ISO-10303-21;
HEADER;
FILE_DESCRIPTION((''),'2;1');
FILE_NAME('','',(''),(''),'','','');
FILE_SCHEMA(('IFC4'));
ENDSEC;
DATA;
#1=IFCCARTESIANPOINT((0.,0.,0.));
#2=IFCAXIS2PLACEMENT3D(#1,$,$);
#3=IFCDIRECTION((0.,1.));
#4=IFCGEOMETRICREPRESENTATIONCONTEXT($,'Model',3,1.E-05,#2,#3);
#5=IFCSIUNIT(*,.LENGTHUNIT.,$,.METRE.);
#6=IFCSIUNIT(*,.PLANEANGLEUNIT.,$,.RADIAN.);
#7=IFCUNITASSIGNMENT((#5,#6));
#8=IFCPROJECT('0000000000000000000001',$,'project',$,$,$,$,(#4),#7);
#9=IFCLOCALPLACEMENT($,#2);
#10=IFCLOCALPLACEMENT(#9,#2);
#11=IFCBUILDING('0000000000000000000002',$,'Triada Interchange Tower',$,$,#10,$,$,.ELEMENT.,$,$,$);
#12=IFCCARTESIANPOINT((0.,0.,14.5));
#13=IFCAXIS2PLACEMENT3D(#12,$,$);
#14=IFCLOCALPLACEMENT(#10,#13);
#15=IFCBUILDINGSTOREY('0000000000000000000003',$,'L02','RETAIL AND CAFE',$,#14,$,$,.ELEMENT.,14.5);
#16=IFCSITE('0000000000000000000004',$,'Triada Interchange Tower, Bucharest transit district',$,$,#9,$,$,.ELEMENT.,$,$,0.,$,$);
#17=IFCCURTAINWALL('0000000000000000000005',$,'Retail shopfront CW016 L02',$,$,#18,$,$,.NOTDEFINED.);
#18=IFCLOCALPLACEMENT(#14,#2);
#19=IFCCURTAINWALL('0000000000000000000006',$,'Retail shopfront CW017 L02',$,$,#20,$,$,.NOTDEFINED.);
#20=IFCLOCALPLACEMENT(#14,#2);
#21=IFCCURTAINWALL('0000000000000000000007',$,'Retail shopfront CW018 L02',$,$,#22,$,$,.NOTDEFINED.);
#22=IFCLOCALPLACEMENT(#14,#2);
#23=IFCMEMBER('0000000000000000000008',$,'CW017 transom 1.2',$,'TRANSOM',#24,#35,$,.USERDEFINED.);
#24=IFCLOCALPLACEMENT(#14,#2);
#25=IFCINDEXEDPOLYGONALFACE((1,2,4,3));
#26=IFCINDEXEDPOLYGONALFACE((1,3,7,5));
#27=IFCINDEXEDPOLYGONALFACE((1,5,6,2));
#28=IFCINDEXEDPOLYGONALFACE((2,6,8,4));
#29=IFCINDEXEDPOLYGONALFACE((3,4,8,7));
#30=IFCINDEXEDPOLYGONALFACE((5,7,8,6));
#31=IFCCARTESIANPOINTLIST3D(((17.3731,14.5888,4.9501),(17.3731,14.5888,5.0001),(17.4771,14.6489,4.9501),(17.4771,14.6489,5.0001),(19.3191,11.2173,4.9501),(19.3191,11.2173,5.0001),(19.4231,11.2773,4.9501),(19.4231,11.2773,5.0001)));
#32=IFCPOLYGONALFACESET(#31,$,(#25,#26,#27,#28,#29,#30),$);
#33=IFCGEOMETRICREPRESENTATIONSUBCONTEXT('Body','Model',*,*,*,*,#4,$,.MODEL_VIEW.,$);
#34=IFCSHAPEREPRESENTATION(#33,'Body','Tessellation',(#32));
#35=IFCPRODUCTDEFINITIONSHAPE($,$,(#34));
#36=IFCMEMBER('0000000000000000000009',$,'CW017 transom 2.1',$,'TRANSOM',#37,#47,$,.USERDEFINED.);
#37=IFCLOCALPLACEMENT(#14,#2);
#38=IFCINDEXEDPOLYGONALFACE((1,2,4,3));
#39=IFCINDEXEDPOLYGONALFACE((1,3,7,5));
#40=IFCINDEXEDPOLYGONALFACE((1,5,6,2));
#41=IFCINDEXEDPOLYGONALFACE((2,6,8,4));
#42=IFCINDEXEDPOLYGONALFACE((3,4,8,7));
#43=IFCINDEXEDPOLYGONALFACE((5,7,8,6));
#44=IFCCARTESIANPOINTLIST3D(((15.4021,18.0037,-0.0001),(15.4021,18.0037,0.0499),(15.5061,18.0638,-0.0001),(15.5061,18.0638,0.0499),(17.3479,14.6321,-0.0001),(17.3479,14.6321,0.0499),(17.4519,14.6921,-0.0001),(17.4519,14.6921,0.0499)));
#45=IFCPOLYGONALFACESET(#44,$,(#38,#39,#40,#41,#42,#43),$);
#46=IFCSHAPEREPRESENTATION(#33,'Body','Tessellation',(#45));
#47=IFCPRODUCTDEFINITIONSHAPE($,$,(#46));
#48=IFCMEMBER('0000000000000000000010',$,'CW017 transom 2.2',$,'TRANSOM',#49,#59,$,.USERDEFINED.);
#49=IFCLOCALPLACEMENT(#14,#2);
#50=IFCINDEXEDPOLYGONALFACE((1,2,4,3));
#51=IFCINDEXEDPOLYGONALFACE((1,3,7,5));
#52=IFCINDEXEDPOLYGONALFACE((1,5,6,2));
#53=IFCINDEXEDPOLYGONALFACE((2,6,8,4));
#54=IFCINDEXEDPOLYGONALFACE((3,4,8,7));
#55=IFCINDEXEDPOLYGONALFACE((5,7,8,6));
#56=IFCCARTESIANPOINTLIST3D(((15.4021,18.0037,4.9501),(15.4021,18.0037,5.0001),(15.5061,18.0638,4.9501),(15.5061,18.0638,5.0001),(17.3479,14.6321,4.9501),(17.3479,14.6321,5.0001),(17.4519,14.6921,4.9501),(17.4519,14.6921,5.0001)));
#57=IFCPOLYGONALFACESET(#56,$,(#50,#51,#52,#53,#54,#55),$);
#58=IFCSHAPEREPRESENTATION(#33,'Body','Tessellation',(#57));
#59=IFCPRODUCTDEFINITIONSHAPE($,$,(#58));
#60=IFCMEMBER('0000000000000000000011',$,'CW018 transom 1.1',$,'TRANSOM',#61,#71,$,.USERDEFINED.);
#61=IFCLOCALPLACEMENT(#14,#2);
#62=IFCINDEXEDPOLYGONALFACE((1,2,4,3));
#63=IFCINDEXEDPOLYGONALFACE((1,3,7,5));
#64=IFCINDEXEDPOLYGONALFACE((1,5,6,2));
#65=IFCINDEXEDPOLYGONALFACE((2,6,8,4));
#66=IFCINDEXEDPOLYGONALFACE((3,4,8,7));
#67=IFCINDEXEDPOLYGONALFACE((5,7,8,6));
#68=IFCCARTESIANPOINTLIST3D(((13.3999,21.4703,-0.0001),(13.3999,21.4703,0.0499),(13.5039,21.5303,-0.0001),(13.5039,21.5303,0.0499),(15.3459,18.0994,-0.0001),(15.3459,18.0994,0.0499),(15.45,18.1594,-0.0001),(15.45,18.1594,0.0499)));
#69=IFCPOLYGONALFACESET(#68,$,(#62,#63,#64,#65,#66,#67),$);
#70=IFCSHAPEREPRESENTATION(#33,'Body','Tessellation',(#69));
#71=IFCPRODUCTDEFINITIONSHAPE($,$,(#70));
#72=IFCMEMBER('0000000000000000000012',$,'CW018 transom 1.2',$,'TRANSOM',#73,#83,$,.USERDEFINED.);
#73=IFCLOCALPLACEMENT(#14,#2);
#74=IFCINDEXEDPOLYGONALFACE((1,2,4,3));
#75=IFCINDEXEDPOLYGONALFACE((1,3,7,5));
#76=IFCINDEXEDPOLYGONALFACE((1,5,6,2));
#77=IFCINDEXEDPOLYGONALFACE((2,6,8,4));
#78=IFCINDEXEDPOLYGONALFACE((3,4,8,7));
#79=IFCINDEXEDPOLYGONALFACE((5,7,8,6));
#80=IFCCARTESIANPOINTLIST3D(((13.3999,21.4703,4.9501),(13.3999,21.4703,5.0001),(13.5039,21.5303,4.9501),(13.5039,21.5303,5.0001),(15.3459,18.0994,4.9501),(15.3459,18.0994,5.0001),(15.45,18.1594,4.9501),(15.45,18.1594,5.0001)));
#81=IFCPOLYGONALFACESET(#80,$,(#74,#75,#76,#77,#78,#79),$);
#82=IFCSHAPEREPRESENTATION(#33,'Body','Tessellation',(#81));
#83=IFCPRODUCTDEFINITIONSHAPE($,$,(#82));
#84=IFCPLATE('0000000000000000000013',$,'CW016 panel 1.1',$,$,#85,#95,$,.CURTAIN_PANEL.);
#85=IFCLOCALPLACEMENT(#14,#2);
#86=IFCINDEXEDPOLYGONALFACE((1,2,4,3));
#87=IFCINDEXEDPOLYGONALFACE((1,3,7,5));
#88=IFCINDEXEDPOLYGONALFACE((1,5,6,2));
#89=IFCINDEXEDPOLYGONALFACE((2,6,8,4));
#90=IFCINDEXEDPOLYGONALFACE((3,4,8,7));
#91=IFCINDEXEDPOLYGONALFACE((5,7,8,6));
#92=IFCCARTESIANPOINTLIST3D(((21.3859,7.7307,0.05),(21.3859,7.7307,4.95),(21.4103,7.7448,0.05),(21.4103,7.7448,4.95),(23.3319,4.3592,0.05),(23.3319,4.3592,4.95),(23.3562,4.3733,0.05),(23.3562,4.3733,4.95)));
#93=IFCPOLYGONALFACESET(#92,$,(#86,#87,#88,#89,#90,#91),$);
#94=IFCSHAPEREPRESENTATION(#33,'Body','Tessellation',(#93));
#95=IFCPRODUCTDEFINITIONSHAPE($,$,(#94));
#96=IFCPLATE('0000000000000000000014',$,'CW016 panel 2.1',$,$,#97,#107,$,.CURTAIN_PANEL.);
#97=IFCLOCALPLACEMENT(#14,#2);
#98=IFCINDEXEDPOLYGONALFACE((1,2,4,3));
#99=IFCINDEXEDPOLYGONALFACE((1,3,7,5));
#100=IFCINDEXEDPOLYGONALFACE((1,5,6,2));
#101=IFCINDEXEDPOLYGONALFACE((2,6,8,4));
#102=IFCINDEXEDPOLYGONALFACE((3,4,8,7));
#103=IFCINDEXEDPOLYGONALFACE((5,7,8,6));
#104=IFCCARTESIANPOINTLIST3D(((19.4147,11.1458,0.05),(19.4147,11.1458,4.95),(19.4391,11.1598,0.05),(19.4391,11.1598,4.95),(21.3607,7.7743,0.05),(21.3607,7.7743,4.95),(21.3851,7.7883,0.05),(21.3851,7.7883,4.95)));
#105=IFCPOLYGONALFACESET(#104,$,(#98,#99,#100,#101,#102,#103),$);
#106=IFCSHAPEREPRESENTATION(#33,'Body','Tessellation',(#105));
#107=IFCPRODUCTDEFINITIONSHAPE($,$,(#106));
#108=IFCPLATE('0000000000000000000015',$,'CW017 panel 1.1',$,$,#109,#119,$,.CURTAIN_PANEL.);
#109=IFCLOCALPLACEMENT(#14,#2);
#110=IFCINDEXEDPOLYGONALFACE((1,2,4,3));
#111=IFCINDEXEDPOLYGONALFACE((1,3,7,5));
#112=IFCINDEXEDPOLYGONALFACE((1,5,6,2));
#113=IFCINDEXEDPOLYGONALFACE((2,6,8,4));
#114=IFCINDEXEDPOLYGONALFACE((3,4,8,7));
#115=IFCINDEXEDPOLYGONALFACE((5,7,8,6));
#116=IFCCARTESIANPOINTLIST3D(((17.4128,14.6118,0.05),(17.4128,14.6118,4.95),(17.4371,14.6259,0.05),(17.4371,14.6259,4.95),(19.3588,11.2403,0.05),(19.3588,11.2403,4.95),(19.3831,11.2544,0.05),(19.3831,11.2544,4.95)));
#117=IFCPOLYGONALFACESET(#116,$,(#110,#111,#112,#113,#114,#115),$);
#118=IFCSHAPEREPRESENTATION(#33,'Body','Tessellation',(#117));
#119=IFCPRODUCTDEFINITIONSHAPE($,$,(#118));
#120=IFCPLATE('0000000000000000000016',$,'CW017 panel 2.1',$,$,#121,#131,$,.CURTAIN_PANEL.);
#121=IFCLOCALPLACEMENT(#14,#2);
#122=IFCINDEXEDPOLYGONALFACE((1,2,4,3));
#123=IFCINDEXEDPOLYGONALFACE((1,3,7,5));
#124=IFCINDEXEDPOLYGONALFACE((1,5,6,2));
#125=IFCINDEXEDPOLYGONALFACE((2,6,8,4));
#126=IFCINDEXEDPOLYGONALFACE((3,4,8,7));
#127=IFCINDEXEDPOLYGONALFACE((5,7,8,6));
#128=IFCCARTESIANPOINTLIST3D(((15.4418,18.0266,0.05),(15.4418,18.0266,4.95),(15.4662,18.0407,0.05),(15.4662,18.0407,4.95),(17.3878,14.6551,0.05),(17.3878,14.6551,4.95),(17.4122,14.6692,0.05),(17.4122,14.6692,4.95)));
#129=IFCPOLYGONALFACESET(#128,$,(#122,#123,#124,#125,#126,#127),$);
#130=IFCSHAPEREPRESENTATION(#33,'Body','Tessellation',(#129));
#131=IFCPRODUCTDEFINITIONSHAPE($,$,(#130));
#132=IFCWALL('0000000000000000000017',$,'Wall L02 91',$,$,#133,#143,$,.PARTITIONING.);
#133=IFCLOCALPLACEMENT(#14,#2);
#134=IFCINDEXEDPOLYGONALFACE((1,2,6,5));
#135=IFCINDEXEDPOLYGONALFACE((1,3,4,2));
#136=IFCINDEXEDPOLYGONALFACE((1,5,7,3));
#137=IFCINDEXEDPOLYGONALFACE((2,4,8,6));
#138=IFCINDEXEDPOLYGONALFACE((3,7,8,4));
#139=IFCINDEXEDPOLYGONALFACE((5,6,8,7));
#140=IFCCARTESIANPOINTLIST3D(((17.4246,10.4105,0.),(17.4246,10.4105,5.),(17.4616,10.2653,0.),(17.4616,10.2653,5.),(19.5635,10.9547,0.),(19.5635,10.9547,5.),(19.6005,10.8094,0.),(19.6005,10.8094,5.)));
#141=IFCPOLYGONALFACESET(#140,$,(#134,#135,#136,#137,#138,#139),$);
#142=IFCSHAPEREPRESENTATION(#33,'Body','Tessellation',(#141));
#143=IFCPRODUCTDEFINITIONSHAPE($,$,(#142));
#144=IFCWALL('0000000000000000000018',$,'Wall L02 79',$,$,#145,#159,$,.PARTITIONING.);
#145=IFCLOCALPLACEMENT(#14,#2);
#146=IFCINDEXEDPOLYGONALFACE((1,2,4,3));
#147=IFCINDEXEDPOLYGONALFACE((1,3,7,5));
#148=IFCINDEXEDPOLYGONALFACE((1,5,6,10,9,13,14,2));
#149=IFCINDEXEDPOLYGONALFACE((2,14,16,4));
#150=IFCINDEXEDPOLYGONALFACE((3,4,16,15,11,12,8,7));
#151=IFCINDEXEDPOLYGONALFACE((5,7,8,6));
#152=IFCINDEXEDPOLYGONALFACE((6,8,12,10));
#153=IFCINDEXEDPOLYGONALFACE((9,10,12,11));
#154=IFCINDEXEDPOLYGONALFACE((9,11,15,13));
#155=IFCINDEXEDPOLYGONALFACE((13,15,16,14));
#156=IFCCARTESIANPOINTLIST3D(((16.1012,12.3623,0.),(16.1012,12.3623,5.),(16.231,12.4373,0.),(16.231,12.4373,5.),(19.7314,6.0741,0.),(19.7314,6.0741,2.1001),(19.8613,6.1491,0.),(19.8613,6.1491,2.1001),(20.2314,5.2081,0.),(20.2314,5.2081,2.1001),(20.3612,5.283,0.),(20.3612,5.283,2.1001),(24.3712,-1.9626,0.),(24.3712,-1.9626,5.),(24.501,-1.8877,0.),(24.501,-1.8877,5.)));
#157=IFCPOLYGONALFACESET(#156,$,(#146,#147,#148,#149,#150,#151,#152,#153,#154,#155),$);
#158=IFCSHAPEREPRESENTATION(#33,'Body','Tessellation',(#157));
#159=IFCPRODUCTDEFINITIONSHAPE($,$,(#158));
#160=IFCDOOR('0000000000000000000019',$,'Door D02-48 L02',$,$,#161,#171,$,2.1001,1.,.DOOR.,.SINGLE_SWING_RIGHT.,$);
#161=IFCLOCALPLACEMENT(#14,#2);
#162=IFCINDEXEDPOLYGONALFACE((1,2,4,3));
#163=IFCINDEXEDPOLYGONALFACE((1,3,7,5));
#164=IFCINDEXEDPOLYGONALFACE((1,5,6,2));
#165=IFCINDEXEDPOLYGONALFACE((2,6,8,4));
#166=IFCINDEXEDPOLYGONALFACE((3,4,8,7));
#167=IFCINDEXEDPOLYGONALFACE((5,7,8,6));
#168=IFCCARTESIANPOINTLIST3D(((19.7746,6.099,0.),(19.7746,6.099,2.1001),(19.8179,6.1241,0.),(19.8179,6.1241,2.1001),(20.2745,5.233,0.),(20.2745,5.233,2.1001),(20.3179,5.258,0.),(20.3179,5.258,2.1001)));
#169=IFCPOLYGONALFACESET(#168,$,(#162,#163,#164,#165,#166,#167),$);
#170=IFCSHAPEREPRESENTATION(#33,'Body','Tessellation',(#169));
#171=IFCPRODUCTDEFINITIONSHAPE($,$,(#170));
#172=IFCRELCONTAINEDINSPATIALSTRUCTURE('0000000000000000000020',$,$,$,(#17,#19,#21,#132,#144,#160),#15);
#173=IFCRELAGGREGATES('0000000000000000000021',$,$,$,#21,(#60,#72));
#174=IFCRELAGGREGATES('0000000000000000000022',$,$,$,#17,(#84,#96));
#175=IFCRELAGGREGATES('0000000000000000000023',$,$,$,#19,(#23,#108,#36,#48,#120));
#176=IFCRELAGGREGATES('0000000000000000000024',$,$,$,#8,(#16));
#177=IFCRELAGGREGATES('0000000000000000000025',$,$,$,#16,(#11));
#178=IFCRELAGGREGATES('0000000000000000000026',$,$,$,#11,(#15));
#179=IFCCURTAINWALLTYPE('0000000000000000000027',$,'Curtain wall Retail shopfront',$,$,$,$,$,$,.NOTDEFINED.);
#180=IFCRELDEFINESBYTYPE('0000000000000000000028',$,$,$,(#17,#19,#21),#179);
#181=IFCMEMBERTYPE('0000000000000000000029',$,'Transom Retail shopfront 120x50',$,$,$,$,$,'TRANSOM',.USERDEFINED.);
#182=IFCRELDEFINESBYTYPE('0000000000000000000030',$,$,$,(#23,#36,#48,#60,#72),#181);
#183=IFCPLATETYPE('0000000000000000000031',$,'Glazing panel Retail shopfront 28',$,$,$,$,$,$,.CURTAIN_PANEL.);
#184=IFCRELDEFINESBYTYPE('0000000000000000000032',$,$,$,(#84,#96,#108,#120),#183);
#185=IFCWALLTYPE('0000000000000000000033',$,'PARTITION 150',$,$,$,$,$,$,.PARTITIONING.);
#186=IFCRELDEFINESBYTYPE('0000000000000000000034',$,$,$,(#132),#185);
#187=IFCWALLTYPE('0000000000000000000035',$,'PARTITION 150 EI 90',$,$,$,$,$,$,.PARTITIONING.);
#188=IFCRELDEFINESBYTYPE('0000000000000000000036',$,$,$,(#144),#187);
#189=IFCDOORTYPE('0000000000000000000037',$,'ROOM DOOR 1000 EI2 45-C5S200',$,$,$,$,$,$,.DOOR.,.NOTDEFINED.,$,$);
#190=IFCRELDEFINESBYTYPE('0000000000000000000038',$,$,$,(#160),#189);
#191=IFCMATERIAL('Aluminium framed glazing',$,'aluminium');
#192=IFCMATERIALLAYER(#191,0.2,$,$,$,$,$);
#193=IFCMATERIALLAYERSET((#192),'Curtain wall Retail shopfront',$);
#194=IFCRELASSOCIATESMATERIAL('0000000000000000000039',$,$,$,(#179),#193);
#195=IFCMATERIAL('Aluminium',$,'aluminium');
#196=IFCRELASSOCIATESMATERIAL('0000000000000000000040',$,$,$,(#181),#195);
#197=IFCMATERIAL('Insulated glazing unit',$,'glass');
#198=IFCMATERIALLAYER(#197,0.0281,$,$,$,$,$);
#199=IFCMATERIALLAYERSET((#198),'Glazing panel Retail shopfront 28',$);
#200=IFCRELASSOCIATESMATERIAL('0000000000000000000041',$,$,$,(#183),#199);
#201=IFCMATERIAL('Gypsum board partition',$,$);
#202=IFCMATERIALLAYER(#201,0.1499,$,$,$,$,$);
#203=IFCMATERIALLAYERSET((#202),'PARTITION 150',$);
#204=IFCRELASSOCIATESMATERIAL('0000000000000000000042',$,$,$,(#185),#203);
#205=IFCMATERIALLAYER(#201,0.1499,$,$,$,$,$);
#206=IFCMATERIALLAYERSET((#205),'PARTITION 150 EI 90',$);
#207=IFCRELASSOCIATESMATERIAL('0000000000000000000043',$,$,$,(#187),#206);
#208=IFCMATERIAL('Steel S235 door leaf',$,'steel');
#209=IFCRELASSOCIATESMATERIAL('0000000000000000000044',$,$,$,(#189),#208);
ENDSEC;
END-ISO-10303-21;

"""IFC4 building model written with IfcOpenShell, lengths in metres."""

from ifc_helpers import new_model, si_unit, direction, frame, frame_2d, origin, origin_2d, place, context, subcontext, project, spatial, rectangle, extrude, material, layer, layer_set, material_profile, profile_set, type_object, element, fill, aggregate, save


model = new_model("IFC4")

# Units and contexts
model_context = context("Model", 3, precision=1e-05, world=origin(), true_north=direction((0.0, 1.0)))
body_context = subcontext(model_context, "Body", "Model", "MODEL_VIEW")
ifc_project = project(units=[si_unit("LENGTHUNIT", "METRE"), si_unit("PLANEANGLEUNIT", "RADIAN")], contexts=[model_context])

# Site, building, storey
site_placement = place(None, origin())
site = spatial("IfcSite", under=ifc_project, at=site_placement, Name="Triada Interchange Tower, Bucharest transit district", CompositionType="ELEMENT", RefElevation=0.0)
building_placement = place(site_placement, origin())
building = spatial("IfcBuilding", under=site, at=building_placement, Name="Triada Interchange Tower", CompositionType="ELEMENT")
storey_placement = place(building_placement, frame((0.0, 0.0, 14.5)))
storey = spatial("IfcBuildingStorey", under=building, at=storey_placement, Name="L02", Description="RETAIL AND CAFE", CompositionType="ELEMENT", Elevation=14.5)

# Curtain walls
ifc_material_1 = material(Name="Aluminium framed glazing", Category="aluminium")
ifc_layer_1 = layer(ifc_material_1, 0.2)
ifc_layer_set_1 = layer_set([ifc_layer_1], Name="Curtain wall Retail shopfront")
curtain_wall_type = type_object("IfcCurtainWallType", Name="Curtain wall Retail shopfront", PredefinedType="NOTDEFINED", material=ifc_layer_set_1)
curtain_wall_1_placement = place(storey_placement, origin())
curtain_wall_1 = element("IfcCurtainWall", 1, at=curtain_wall_1_placement, inside=storey, type_object=curtain_wall_type, Name="Retail shopfront CW016 L02", PredefinedType="NOTDEFINED")
ifc_material_2 = material(Name="Aluminium", Category="aluminium")
curtain_wall_2_placement = place(storey_placement, origin())
curtain_wall_2 = element("IfcCurtainWall", 2, at=curtain_wall_2_placement, inside=storey, type_object=curtain_wall_type, Name="Retail shopfront CW017 L02", PredefinedType="NOTDEFINED")

# Curtain wall
curtain_wall_3_placement = place(storey_placement, origin())
curtain_wall_3 = element("IfcCurtainWall", 3, at=curtain_wall_3_placement, inside=storey, type_object=curtain_wall_type, Name="Retail shopfront CW018 L02", PredefinedType="NOTDEFINED")

# Members
ifc_material_profile_1 = material_profile(ifc_material_2, rectangle(XDim=0.1201, YDim=0.05, at=origin_2d()), Name="Aluminium transom")
ifc_profile_set_1 = profile_set([ifc_material_profile_1], Name="Aluminium")
member_type_1 = type_object("IfcMemberType", Name="Transom Retail shopfront 120x50", ElementType="TRANSOM", PredefinedType="USERDEFINED", material=ifc_profile_set_1)
member_1_placement = place(storey_placement, frame((19.3711, 11.2473, 4.9751), z_axis=(-0.499896, 0.866085, 0.0), x_axis=(-0.866085, -0.499896, 0.0)))
member_1 = element("IfcMember", 4, at=member_1_placement, type_object=member_type_1, Name="CW017 transom 1.2", ObjectType="TRANSOM", PredefinedType="USERDEFINED", context=body_context, shape_type="SweptSolid", body=[
    extrude(rectangle(XDim=0.1201, YDim=0.05, at=origin_2d()), origin(), (0.0, 0.0, 1.0), 3.8928),
])
member_2_placement = place(storey_placement, frame((17.3999, 14.6621, 0.0249), z_axis=(-0.499849, 0.866112, 0.0), x_axis=(-0.866112, -0.499849, 0.0)))
member_2 = element("IfcMember", 5, at=member_2_placement, type_object=member_type_1, Name="CW017 transom 2.1", ObjectType="TRANSOM", PredefinedType="USERDEFINED", context=body_context, shape_type="SweptSolid", body=[
    extrude(rectangle(XDim=0.1201, YDim=0.05, at=origin_2d()), origin(), (0.0, 0.0, 1.0), 3.8928),
])
member_3_placement = place(storey_placement, frame((17.3999, 14.6621, 4.9751), z_axis=(-0.499849, 0.866112, 0.0), x_axis=(-0.866112, -0.499849, 0.0)))
member_3 = element("IfcMember", 6, at=member_3_placement, type_object=member_type_1, Name="CW017 transom 2.2", ObjectType="TRANSOM", PredefinedType="USERDEFINED", context=body_context, shape_type="SweptSolid", body=[
    extrude(rectangle(XDim=0.1201, YDim=0.05, at=origin_2d()), origin(), (0.0, 0.0, 1.0), 3.8928),
])
member_4_placement = place(storey_placement, frame((15.3979, 18.1294, 0.0249), z_axis=(-0.499978, 0.866038, 0.0), x_axis=(-0.866038, -0.499978, 0.0)))
member_4 = element("IfcMember", 7, at=member_4_placement, type_object=member_type_1, Name="CW018 transom 1.1", ObjectType="TRANSOM", PredefinedType="USERDEFINED", context=body_context, shape_type="SweptSolid", body=[
    extrude(rectangle(XDim=0.1201, YDim=0.05, at=origin_2d()), origin(), (0.0, 0.0, 1.0), 3.8923),
])
member_5_placement = place(storey_placement, frame((15.3979, 18.1294, 4.9751), z_axis=(-0.499978, 0.866038, 0.0), x_axis=(-0.866038, -0.499978, 0.0)))
member_5 = element("IfcMember", 8, at=member_5_placement, type_object=member_type_1, Name="CW018 transom 1.2", ObjectType="TRANSOM", PredefinedType="USERDEFINED", context=body_context, shape_type="SweptSolid", body=[
    extrude(rectangle(XDim=0.1201, YDim=0.05, at=origin_2d()), origin(), (0.0, 0.0, 1.0), 3.8923),
])
aggregate(curtain_wall_3, [member_4, member_5])

# Plates
ifc_material_3 = material(Name="Insulated glazing unit", Category="glass")
ifc_layer_2 = layer(ifc_material_3, 0.0281)
ifc_layer_set_2 = layer_set([ifc_layer_2], Name="Glazing panel Retail shopfront 28")
plate_type = type_object("IfcPlateType", Name="Glazing panel Retail shopfront 28", PredefinedType="CURTAIN_PANEL", material=ifc_layer_set_2)
plate_1_placement = place(storey_placement, frame((22.3711, 6.052, 0.05), z_axis=(0.0, 0.0, 1.0), x_axis=(-0.499893, 0.866087, 0.0)))
plate_1 = element("IfcPlate", 9, at=plate_1_placement, type_object=plate_type, Name="CW016 panel 1.1", PredefinedType="CURTAIN_PANEL", context=body_context, shape_type="SweptSolid", body=[
    extrude(rectangle(XDim=3.8928, YDim=0.0281, at=origin_2d()), origin(), (0.0, 0.0, 1.0), 4.8999),
])
plate_2_placement = place(storey_placement, frame((20.3999, 9.467, 0.05), z_axis=(0.0, 0.0, 1.0), x_axis=(-0.499893, 0.866087, 0.0)))
plate_2 = element("IfcPlate", 10, at=plate_2_placement, type_object=plate_type, Name="CW016 panel 2.1", PredefinedType="CURTAIN_PANEL", context=body_context, shape_type="SweptSolid", body=[
    extrude(rectangle(XDim=3.8928, YDim=0.0281, at=origin_2d()), origin(), (0.0, 0.0, 1.0), 4.8999),
])
aggregate(curtain_wall_1, [plate_1, plate_2])
plate_3_placement = place(storey_placement, frame((18.3979, 12.9331, 0.05), z_axis=(0.0, 0.0, 1.0), x_axis=(-0.499893, 0.866087, 0.0)))
plate_3 = element("IfcPlate", 11, at=plate_3_placement, type_object=plate_type, Name="CW017 panel 1.1", PredefinedType="CURTAIN_PANEL", context=body_context, shape_type="SweptSolid", body=[
    extrude(rectangle(XDim=3.8928, YDim=0.0281, at=origin_2d()), origin(), (0.0, 0.0, 1.0), 4.8999),
])
plate_4_placement = place(storey_placement, frame((16.427, 16.3479, 0.05), z_axis=(0.0, 0.0, 1.0), x_axis=(-0.499893, 0.866087, 0.0)))
plate_4 = element("IfcPlate", 12, at=plate_4_placement, type_object=plate_type, Name="CW017 panel 2.1", PredefinedType="CURTAIN_PANEL", context=body_context, shape_type="SweptSolid", body=[
    extrude(rectangle(XDim=3.8928, YDim=0.0281, at=origin_2d()), origin(), (0.0, 0.0, 1.0), 4.8999),
])
aggregate(curtain_wall_2, [member_1, plate_3, member_2, member_3, plate_4])

# Wall
ifc_material_4 = material(Name="Gypsum board partition")
ifc_layer_3 = layer(ifc_material_4, 0.1499)
ifc_layer_set_3 = layer_set([ifc_layer_3], Name="PARTITION 150")
wall_type_1 = type_object("IfcWallType", Name="PARTITION 150", PredefinedType="PARTITIONING", material=ifc_layer_set_3)
wall_1_placement = place(storey_placement, frame((17.4431, 10.3379, 0.0), z_axis=(0.0, 0.0, 1.0), x_axis=(0.969126, 0.246568, 0.0)))
element("IfcWall", 13, at=wall_1_placement, inside=storey, type_object=wall_type_1, Name="Wall L02 91", PredefinedType="PARTITIONING", context=body_context, shape_type="SweptSolid", body=[
    extrude(rectangle(XDim=2.207, YDim=0.1499, at=frame_2d((1.1035, 0.0))), origin(), (0.0, 0.0, 1.0), 5.0),
])

# Wall, opening, door
ifc_layer_4 = layer(ifc_material_4, 0.1499)
ifc_layer_set_4 = layer_set([ifc_layer_4], Name="PARTITION 150 EI 90")
wall_type_2 = type_object("IfcWallType", Name="PARTITION 150 EI 90", PredefinedType="PARTITIONING", material=ifc_layer_set_4)
wall_2_placement = place(storey_placement, frame((16.166, 12.3999, 0.0), z_axis=(0.0, 0.0, 1.0), x_axis=(0.499978, -0.866038, 0.0)))
wall_2 = element("IfcWall", 14, at=wall_2_placement, inside=storey, type_object=wall_type_2, Name="Wall L02 79", PredefinedType="PARTITIONING", context=body_context, shape_type="SweptSolid", body=[
    extrude(rectangle(XDim=16.5408, YDim=0.1499, at=frame_2d((8.2705, 0.0))), origin(), (0.0, 0.0, 1.0), 5.0),
])
opening_placement = place(wall_2_placement, frame((7.261, 0.0, 0.0)))
opening = element("IfcOpeningElement", 15, at=opening_placement, cuts=wall_2, PredefinedType="OPENING", context=body_context, shape_type="SweptSolid", body=[
    extrude(rectangle(XDim=1.0, YDim=2.1001, at=frame_2d((0.5, 1.05))), frame((0.0, 0.085, 0.0), z_axis=(0.0, -1.0, 0.0), x_axis=(1.0, 0.0, 0.0)), (0.0, 0.0, 1.0), 0.1699),
])
ifc_material_5 = material(Name="Steel S235 door leaf", Category="steel")
door_type = type_object("IfcDoorType", Name="ROOM DOOR 1000 EI2 45-C5S200", OperationType="NOTDEFINED", PredefinedType="DOOR", material=ifc_material_5)
door_placement = place(opening_placement, origin())
door = element("IfcDoor", 16, at=door_placement, inside=storey, type_object=door_type, Name="Door D02-48 L02", OperationType="SINGLE_SWING_RIGHT", OverallHeight=2.1001, OverallWidth=1.0, PredefinedType="DOOR", context=body_context, shape_type="SweptSolid", body=[
    extrude(rectangle(XDim=1.0, YDim=2.1001, at=frame_2d((0.5, 1.05))), frame((0.0, 0.0249, 0.0), z_axis=(0.0, -1.0, 0.0), x_axis=(1.0, 0.0, 0.0)), (0.0, 0.0, 1.0), 0.05),
])
fill(opening, door)

save(model, "model.ifc")
